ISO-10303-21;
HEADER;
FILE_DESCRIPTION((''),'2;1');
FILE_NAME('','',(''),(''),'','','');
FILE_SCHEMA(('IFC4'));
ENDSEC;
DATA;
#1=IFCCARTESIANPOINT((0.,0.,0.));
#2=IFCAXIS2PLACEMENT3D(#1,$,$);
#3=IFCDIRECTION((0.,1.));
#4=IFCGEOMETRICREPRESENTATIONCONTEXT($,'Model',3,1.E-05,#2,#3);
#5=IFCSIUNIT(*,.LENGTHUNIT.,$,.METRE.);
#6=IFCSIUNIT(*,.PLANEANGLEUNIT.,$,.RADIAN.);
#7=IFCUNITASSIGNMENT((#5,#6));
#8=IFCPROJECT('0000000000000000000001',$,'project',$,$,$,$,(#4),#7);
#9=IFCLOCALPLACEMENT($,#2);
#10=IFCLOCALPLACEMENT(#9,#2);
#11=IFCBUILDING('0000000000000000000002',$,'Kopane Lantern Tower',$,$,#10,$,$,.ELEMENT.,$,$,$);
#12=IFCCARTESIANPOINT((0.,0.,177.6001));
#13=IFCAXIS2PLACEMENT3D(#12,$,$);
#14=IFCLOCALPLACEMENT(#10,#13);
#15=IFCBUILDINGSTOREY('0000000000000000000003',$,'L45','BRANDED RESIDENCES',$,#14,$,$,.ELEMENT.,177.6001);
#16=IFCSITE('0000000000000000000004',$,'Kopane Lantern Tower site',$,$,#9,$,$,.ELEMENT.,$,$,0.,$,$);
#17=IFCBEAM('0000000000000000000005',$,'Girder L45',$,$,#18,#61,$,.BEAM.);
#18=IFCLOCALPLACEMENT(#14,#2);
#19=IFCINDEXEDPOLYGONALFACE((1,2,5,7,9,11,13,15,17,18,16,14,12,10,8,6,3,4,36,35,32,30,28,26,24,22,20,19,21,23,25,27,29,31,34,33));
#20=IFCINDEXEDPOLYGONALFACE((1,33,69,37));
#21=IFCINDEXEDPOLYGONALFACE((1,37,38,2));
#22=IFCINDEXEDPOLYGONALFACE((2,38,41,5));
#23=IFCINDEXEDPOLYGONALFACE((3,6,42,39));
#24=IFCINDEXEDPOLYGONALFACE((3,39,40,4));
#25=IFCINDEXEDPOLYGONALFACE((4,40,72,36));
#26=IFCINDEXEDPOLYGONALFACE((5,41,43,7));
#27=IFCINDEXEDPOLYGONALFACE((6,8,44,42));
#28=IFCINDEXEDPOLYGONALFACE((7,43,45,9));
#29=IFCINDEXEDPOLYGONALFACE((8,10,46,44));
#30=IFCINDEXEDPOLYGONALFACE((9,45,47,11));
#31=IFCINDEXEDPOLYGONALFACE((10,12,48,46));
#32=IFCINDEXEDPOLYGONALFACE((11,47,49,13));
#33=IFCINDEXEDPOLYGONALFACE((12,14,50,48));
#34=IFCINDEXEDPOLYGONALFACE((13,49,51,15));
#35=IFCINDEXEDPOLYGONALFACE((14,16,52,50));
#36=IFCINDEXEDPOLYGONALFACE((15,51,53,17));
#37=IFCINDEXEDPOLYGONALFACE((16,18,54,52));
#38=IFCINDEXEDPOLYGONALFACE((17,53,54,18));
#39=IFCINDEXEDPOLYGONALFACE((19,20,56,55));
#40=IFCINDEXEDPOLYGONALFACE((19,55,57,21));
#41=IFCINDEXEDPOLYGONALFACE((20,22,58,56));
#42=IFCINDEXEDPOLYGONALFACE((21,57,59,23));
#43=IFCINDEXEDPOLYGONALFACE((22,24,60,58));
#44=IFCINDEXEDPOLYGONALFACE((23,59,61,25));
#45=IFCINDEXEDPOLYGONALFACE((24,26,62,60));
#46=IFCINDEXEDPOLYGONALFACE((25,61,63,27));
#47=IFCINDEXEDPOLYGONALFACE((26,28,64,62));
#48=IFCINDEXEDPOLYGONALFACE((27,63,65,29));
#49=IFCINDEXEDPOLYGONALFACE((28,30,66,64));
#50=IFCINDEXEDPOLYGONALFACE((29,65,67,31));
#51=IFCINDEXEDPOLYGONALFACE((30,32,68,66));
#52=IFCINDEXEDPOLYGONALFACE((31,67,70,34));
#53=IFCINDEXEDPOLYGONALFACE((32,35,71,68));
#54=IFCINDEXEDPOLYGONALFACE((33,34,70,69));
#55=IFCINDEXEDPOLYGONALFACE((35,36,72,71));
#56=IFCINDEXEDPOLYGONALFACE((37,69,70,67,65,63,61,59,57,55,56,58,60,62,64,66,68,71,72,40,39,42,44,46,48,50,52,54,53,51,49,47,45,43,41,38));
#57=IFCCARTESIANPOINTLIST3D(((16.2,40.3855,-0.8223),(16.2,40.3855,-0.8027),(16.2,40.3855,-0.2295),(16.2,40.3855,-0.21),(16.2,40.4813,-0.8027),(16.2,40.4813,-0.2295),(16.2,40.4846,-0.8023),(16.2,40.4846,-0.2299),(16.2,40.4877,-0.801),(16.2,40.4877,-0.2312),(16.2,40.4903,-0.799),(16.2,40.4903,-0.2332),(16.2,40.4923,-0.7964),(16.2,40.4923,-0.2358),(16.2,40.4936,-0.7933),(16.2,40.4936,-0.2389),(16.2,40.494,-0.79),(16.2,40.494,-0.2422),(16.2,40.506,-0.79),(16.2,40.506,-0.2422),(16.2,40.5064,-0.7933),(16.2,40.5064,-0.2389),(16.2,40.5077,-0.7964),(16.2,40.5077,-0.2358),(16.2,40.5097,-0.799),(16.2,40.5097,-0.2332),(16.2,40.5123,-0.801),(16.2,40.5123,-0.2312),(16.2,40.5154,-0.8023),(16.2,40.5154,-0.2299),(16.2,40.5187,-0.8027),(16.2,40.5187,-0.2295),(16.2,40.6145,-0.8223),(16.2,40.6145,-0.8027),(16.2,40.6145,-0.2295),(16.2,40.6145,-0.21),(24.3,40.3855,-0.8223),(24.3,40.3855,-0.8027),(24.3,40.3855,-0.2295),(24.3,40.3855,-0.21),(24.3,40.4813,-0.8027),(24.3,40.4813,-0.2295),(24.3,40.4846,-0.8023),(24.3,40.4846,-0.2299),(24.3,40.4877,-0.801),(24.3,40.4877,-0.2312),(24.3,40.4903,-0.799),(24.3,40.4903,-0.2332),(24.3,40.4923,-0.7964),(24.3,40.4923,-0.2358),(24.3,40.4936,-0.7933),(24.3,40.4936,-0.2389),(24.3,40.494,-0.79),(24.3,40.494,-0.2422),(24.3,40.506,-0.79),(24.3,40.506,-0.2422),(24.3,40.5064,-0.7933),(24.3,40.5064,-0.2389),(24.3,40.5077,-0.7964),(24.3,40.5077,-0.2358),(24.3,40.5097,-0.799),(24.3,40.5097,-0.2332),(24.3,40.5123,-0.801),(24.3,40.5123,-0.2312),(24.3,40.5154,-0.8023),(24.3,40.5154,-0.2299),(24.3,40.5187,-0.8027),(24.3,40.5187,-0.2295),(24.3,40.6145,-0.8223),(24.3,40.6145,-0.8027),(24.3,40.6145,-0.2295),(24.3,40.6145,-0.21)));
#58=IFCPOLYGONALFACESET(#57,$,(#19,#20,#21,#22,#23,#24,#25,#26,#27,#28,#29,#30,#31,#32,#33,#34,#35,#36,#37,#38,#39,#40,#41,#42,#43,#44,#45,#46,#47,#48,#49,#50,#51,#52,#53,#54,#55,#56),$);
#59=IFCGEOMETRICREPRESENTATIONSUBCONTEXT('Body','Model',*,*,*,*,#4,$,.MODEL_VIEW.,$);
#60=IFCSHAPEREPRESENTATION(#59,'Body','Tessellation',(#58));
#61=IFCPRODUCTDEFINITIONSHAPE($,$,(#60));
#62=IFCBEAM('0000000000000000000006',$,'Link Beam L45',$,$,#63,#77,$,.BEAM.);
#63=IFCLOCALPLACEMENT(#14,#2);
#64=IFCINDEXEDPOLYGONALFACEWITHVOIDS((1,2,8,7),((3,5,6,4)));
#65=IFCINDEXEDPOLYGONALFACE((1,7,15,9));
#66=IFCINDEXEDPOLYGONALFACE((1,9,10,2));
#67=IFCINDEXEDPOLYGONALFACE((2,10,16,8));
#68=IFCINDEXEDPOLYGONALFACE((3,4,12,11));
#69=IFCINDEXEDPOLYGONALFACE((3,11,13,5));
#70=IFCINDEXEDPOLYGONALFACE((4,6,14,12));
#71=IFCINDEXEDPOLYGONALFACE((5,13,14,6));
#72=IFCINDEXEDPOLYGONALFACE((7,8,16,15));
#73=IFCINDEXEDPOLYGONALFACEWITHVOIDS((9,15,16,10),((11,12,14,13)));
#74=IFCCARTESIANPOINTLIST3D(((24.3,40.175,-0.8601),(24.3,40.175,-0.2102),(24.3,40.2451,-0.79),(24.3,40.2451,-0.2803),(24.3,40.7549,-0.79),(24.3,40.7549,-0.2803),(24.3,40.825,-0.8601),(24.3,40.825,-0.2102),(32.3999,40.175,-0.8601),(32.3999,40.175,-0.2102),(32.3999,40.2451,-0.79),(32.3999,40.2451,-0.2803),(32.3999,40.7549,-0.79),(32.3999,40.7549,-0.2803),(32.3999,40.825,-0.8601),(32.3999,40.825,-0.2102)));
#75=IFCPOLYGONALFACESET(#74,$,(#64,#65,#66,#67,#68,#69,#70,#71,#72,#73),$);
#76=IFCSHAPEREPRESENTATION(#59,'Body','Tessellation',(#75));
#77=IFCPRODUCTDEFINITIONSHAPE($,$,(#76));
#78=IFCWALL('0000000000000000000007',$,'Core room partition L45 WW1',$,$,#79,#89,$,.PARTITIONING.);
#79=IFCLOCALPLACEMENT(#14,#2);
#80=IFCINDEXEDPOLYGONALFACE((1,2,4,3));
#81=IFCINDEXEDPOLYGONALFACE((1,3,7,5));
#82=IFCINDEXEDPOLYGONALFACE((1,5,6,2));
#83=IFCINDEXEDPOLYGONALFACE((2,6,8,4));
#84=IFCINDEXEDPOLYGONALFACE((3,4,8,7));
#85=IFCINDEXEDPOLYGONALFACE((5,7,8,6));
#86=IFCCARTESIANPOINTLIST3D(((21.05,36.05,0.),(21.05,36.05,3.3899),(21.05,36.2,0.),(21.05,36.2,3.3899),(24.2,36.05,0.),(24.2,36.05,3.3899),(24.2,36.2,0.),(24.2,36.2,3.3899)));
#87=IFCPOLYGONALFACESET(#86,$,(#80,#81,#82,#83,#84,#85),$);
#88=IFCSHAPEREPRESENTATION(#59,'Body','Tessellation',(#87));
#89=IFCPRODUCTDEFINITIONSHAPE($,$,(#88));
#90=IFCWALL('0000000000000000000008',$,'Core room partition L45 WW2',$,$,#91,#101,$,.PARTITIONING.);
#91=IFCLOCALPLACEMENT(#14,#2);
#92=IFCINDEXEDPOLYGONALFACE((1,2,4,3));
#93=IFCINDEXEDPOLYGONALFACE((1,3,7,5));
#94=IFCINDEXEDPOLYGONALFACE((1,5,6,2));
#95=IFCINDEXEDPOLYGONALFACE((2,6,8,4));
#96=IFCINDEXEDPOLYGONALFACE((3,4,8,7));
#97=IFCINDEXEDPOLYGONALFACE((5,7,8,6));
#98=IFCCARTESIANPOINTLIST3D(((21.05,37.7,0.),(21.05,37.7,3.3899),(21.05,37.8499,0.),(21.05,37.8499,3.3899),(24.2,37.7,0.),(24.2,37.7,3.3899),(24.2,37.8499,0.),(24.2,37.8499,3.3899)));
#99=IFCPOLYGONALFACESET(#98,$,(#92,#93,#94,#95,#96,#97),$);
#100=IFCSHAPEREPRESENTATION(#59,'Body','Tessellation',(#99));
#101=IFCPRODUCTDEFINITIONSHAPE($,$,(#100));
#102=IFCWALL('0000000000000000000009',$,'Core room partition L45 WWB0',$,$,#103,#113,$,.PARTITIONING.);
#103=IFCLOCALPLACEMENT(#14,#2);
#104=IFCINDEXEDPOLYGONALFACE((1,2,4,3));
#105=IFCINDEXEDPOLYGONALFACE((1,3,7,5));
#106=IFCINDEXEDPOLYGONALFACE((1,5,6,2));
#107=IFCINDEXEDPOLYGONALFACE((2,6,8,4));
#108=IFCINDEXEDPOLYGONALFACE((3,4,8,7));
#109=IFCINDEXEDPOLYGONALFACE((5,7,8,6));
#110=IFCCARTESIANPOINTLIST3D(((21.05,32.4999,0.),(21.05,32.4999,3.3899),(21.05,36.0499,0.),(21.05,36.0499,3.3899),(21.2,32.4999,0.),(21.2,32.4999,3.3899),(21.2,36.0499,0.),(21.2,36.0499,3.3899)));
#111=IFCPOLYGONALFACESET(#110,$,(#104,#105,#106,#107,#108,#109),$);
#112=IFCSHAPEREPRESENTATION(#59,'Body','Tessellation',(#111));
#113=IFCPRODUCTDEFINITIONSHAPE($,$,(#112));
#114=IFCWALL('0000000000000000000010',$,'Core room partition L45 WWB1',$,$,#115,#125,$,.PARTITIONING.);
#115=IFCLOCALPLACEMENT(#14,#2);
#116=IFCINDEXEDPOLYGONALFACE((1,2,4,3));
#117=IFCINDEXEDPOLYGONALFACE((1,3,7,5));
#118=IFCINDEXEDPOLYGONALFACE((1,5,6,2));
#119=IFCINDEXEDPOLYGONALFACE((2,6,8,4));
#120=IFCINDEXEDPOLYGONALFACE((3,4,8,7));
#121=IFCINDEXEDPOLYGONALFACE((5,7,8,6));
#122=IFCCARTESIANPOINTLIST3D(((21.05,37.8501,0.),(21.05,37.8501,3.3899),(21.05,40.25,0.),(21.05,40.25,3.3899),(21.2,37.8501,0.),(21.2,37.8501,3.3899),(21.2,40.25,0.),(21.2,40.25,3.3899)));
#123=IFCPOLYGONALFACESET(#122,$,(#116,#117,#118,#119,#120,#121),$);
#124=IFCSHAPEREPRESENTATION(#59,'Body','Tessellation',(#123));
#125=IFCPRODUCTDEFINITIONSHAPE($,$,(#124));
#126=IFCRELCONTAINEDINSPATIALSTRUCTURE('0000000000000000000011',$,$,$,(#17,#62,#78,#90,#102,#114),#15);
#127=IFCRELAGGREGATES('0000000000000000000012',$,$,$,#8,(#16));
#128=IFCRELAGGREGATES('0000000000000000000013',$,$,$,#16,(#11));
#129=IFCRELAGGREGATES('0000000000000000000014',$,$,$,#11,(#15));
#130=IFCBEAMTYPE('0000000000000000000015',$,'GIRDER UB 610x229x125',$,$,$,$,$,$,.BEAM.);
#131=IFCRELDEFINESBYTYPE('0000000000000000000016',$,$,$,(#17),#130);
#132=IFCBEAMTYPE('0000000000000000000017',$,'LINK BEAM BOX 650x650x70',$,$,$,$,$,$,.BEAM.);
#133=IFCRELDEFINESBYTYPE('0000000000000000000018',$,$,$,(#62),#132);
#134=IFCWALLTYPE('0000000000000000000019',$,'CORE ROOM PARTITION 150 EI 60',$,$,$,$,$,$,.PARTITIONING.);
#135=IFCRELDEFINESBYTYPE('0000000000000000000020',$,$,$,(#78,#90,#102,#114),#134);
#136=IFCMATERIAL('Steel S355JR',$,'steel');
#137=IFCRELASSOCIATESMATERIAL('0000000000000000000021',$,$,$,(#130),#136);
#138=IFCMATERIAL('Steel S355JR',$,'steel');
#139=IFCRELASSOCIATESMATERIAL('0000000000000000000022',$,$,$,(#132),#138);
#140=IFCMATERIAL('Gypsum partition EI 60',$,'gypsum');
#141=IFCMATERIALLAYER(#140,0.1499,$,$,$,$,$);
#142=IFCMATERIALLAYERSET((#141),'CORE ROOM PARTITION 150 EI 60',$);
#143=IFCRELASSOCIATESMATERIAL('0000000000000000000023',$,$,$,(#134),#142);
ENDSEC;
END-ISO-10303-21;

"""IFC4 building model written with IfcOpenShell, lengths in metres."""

from ifc_helpers import new_model, si_unit, direction, frame, frame_2d, origin, origin_2d, place, context, subcontext, project, spatial, rectangle, hollow_rectangle, i_section, extrude, material, layer, layer_set, material_profile, profile_set, type_object, element, save


model = new_model("IFC4")

# Units and contexts
model_context = context("Model", 3, precision=1e-05, world=origin(), true_north=direction((0.0, 1.0)))
body_context = subcontext(model_context, "Body", "Model", "MODEL_VIEW")
ifc_project = project(units=[si_unit("LENGTHUNIT", "METRE"), si_unit("PLANEANGLEUNIT", "RADIAN")], contexts=[model_context])

# Site, building, storey
site_placement = place(None, origin())
site = spatial("IfcSite", under=ifc_project, at=site_placement, Name="Kopane Lantern Tower site", CompositionType="ELEMENT", RefElevation=0.0)
building_placement = place(site_placement, origin())
building = spatial("IfcBuilding", under=site, at=building_placement, Name="Kopane Lantern Tower", CompositionType="ELEMENT")
storey_placement = place(building_placement, frame((0.0, 0.0, 177.6001)))
storey = spatial("IfcBuildingStorey", under=building, at=storey_placement, Name="L45", Description="BRANDED RESIDENCES", CompositionType="ELEMENT", Elevation=177.6001)

# Beams
ifc_material_1 = material(Name="Steel S355JR", Category="steel")
ifc_material_profile_1 = material_profile(ifc_material_1, i_section(OverallWidth=0.229, OverallDepth=0.6123, WebThickness=0.012, FlangeThickness=0.0195, FilletRadius=0.0127, at=origin_2d()), Name="UB 610x229x125")
ifc_profile_set_1 = profile_set([ifc_material_profile_1], Name="Steel S355JR")
beam_type_1 = type_object("IfcBeamType", Name="GIRDER UB 610x229x125", PredefinedType="BEAM", material=ifc_profile_set_1)
beam_1_placement = place(storey_placement, frame((16.2, 40.5, -0.5161), z_axis=(1.0, 0.0, 0.0), x_axis=(0.0, 1.0, 0.0)))
element("IfcBeam", 1, at=beam_1_placement, inside=storey, type_object=beam_type_1, Name="Girder L45", PredefinedType="BEAM", context=body_context, shape_type="SweptSolid", body=[
    extrude(i_section(OverallWidth=0.229, OverallDepth=0.6123, WebThickness=0.012, FlangeThickness=0.0195, FilletRadius=0.0127, at=origin_2d()), origin(), (0.0, 0.0, 1.0), 8.1001),
])
ifc_material_2 = material(Name="Steel S355JR", Category="steel")
ifc_material_profile_2 = material_profile(ifc_material_2, hollow_rectangle(XDim=0.6499, YDim=0.6499, WallThickness=0.0701, at=origin_2d()), Name="BOX 650x650x70")
ifc_profile_set_2 = profile_set([ifc_material_profile_2], Name="Steel S355JR")
beam_type_2 = type_object("IfcBeamType", Name="LINK BEAM BOX 650x650x70", PredefinedType="BEAM", material=ifc_profile_set_2)
beam_2_placement = place(storey_placement, frame((24.3, 40.5, -0.5352), z_axis=(1.0, 0.0, 0.0), x_axis=(0.0, 1.0, 0.0)))
element("IfcBeam", 2, at=beam_2_placement, inside=storey, type_object=beam_type_2, Name="Link Beam L45", PredefinedType="BEAM", context=body_context, shape_type="SweptSolid", body=[
    extrude(hollow_rectangle(XDim=0.6499, YDim=0.6499, WallThickness=0.0701, at=origin_2d()), origin(), (0.0, 0.0, 1.0), 8.0999),
])

# Walls
ifc_material_3 = material(Name="Gypsum partition EI 60", Category="gypsum")
ifc_layer_1 = layer(ifc_material_3, 0.1499)
ifc_layer_set_1 = layer_set([ifc_layer_1], Name="CORE ROOM PARTITION 150 EI 60")
wall_type_1 = type_object("IfcWallType", Name="CORE ROOM PARTITION 150 EI 60", PredefinedType="PARTITIONING", material=ifc_layer_set_1)
for number, where, z_axis, x_axis, name in (
    (3, (21.05, 36.125, 0.0), (0.0, 0.0, 1.0), (1.0, 0.0, 0.0), "Core room partition L45 WW1"),
    (4, (21.05, 37.7749, 0.0), (0.0, 0.0, 1.0), (1.0, 0.0, 0.0), "Core room partition L45 WW2"),
):
    element("IfcWall", number, at=place(storey_placement, frame(where, z_axis=z_axis, x_axis=x_axis)), inside=storey, type_object=wall_type_1, Name=name, PredefinedType="PARTITIONING", context=body_context, shape_type="SweptSolid", body=[
        extrude(rectangle(XDim=3.1499, YDim=0.1499, at=frame_2d((1.575, 0.0))), origin(), (0.0, 0.0, 1.0), 3.3899),
    ])
wall_1_placement = place(storey_placement, frame((21.125, 32.5, 0.0), z_axis=(0.0, 0.0, 1.0), x_axis=(0.0, 1.0, 0.0)))
element("IfcWall", 5, at=wall_1_placement, inside=storey, type_object=wall_type_1, Name="Core room partition L45 WWB0", PredefinedType="PARTITIONING", context=body_context, shape_type="SweptSolid", body=[
    extrude(rectangle(XDim=3.55, YDim=0.1499, at=frame_2d((1.7749, 0.0))), origin(), (0.0, 0.0, 1.0), 3.3899),
])
wall_2_placement = place(storey_placement, frame((21.125, 37.8501, 0.0), z_axis=(0.0, 0.0, 1.0), x_axis=(0.0, 1.0, 0.0)))
element("IfcWall", 6, at=wall_2_placement, inside=storey, type_object=wall_type_1, Name="Core room partition L45 WWB1", PredefinedType="PARTITIONING", context=body_context, shape_type="SweptSolid", body=[
    extrude(rectangle(XDim=2.3999, YDim=0.1499, at=frame_2d((1.2, 0.0))), origin(), (0.0, 0.0, 1.0), 3.3899),
])

save(model, "model.ifc")
